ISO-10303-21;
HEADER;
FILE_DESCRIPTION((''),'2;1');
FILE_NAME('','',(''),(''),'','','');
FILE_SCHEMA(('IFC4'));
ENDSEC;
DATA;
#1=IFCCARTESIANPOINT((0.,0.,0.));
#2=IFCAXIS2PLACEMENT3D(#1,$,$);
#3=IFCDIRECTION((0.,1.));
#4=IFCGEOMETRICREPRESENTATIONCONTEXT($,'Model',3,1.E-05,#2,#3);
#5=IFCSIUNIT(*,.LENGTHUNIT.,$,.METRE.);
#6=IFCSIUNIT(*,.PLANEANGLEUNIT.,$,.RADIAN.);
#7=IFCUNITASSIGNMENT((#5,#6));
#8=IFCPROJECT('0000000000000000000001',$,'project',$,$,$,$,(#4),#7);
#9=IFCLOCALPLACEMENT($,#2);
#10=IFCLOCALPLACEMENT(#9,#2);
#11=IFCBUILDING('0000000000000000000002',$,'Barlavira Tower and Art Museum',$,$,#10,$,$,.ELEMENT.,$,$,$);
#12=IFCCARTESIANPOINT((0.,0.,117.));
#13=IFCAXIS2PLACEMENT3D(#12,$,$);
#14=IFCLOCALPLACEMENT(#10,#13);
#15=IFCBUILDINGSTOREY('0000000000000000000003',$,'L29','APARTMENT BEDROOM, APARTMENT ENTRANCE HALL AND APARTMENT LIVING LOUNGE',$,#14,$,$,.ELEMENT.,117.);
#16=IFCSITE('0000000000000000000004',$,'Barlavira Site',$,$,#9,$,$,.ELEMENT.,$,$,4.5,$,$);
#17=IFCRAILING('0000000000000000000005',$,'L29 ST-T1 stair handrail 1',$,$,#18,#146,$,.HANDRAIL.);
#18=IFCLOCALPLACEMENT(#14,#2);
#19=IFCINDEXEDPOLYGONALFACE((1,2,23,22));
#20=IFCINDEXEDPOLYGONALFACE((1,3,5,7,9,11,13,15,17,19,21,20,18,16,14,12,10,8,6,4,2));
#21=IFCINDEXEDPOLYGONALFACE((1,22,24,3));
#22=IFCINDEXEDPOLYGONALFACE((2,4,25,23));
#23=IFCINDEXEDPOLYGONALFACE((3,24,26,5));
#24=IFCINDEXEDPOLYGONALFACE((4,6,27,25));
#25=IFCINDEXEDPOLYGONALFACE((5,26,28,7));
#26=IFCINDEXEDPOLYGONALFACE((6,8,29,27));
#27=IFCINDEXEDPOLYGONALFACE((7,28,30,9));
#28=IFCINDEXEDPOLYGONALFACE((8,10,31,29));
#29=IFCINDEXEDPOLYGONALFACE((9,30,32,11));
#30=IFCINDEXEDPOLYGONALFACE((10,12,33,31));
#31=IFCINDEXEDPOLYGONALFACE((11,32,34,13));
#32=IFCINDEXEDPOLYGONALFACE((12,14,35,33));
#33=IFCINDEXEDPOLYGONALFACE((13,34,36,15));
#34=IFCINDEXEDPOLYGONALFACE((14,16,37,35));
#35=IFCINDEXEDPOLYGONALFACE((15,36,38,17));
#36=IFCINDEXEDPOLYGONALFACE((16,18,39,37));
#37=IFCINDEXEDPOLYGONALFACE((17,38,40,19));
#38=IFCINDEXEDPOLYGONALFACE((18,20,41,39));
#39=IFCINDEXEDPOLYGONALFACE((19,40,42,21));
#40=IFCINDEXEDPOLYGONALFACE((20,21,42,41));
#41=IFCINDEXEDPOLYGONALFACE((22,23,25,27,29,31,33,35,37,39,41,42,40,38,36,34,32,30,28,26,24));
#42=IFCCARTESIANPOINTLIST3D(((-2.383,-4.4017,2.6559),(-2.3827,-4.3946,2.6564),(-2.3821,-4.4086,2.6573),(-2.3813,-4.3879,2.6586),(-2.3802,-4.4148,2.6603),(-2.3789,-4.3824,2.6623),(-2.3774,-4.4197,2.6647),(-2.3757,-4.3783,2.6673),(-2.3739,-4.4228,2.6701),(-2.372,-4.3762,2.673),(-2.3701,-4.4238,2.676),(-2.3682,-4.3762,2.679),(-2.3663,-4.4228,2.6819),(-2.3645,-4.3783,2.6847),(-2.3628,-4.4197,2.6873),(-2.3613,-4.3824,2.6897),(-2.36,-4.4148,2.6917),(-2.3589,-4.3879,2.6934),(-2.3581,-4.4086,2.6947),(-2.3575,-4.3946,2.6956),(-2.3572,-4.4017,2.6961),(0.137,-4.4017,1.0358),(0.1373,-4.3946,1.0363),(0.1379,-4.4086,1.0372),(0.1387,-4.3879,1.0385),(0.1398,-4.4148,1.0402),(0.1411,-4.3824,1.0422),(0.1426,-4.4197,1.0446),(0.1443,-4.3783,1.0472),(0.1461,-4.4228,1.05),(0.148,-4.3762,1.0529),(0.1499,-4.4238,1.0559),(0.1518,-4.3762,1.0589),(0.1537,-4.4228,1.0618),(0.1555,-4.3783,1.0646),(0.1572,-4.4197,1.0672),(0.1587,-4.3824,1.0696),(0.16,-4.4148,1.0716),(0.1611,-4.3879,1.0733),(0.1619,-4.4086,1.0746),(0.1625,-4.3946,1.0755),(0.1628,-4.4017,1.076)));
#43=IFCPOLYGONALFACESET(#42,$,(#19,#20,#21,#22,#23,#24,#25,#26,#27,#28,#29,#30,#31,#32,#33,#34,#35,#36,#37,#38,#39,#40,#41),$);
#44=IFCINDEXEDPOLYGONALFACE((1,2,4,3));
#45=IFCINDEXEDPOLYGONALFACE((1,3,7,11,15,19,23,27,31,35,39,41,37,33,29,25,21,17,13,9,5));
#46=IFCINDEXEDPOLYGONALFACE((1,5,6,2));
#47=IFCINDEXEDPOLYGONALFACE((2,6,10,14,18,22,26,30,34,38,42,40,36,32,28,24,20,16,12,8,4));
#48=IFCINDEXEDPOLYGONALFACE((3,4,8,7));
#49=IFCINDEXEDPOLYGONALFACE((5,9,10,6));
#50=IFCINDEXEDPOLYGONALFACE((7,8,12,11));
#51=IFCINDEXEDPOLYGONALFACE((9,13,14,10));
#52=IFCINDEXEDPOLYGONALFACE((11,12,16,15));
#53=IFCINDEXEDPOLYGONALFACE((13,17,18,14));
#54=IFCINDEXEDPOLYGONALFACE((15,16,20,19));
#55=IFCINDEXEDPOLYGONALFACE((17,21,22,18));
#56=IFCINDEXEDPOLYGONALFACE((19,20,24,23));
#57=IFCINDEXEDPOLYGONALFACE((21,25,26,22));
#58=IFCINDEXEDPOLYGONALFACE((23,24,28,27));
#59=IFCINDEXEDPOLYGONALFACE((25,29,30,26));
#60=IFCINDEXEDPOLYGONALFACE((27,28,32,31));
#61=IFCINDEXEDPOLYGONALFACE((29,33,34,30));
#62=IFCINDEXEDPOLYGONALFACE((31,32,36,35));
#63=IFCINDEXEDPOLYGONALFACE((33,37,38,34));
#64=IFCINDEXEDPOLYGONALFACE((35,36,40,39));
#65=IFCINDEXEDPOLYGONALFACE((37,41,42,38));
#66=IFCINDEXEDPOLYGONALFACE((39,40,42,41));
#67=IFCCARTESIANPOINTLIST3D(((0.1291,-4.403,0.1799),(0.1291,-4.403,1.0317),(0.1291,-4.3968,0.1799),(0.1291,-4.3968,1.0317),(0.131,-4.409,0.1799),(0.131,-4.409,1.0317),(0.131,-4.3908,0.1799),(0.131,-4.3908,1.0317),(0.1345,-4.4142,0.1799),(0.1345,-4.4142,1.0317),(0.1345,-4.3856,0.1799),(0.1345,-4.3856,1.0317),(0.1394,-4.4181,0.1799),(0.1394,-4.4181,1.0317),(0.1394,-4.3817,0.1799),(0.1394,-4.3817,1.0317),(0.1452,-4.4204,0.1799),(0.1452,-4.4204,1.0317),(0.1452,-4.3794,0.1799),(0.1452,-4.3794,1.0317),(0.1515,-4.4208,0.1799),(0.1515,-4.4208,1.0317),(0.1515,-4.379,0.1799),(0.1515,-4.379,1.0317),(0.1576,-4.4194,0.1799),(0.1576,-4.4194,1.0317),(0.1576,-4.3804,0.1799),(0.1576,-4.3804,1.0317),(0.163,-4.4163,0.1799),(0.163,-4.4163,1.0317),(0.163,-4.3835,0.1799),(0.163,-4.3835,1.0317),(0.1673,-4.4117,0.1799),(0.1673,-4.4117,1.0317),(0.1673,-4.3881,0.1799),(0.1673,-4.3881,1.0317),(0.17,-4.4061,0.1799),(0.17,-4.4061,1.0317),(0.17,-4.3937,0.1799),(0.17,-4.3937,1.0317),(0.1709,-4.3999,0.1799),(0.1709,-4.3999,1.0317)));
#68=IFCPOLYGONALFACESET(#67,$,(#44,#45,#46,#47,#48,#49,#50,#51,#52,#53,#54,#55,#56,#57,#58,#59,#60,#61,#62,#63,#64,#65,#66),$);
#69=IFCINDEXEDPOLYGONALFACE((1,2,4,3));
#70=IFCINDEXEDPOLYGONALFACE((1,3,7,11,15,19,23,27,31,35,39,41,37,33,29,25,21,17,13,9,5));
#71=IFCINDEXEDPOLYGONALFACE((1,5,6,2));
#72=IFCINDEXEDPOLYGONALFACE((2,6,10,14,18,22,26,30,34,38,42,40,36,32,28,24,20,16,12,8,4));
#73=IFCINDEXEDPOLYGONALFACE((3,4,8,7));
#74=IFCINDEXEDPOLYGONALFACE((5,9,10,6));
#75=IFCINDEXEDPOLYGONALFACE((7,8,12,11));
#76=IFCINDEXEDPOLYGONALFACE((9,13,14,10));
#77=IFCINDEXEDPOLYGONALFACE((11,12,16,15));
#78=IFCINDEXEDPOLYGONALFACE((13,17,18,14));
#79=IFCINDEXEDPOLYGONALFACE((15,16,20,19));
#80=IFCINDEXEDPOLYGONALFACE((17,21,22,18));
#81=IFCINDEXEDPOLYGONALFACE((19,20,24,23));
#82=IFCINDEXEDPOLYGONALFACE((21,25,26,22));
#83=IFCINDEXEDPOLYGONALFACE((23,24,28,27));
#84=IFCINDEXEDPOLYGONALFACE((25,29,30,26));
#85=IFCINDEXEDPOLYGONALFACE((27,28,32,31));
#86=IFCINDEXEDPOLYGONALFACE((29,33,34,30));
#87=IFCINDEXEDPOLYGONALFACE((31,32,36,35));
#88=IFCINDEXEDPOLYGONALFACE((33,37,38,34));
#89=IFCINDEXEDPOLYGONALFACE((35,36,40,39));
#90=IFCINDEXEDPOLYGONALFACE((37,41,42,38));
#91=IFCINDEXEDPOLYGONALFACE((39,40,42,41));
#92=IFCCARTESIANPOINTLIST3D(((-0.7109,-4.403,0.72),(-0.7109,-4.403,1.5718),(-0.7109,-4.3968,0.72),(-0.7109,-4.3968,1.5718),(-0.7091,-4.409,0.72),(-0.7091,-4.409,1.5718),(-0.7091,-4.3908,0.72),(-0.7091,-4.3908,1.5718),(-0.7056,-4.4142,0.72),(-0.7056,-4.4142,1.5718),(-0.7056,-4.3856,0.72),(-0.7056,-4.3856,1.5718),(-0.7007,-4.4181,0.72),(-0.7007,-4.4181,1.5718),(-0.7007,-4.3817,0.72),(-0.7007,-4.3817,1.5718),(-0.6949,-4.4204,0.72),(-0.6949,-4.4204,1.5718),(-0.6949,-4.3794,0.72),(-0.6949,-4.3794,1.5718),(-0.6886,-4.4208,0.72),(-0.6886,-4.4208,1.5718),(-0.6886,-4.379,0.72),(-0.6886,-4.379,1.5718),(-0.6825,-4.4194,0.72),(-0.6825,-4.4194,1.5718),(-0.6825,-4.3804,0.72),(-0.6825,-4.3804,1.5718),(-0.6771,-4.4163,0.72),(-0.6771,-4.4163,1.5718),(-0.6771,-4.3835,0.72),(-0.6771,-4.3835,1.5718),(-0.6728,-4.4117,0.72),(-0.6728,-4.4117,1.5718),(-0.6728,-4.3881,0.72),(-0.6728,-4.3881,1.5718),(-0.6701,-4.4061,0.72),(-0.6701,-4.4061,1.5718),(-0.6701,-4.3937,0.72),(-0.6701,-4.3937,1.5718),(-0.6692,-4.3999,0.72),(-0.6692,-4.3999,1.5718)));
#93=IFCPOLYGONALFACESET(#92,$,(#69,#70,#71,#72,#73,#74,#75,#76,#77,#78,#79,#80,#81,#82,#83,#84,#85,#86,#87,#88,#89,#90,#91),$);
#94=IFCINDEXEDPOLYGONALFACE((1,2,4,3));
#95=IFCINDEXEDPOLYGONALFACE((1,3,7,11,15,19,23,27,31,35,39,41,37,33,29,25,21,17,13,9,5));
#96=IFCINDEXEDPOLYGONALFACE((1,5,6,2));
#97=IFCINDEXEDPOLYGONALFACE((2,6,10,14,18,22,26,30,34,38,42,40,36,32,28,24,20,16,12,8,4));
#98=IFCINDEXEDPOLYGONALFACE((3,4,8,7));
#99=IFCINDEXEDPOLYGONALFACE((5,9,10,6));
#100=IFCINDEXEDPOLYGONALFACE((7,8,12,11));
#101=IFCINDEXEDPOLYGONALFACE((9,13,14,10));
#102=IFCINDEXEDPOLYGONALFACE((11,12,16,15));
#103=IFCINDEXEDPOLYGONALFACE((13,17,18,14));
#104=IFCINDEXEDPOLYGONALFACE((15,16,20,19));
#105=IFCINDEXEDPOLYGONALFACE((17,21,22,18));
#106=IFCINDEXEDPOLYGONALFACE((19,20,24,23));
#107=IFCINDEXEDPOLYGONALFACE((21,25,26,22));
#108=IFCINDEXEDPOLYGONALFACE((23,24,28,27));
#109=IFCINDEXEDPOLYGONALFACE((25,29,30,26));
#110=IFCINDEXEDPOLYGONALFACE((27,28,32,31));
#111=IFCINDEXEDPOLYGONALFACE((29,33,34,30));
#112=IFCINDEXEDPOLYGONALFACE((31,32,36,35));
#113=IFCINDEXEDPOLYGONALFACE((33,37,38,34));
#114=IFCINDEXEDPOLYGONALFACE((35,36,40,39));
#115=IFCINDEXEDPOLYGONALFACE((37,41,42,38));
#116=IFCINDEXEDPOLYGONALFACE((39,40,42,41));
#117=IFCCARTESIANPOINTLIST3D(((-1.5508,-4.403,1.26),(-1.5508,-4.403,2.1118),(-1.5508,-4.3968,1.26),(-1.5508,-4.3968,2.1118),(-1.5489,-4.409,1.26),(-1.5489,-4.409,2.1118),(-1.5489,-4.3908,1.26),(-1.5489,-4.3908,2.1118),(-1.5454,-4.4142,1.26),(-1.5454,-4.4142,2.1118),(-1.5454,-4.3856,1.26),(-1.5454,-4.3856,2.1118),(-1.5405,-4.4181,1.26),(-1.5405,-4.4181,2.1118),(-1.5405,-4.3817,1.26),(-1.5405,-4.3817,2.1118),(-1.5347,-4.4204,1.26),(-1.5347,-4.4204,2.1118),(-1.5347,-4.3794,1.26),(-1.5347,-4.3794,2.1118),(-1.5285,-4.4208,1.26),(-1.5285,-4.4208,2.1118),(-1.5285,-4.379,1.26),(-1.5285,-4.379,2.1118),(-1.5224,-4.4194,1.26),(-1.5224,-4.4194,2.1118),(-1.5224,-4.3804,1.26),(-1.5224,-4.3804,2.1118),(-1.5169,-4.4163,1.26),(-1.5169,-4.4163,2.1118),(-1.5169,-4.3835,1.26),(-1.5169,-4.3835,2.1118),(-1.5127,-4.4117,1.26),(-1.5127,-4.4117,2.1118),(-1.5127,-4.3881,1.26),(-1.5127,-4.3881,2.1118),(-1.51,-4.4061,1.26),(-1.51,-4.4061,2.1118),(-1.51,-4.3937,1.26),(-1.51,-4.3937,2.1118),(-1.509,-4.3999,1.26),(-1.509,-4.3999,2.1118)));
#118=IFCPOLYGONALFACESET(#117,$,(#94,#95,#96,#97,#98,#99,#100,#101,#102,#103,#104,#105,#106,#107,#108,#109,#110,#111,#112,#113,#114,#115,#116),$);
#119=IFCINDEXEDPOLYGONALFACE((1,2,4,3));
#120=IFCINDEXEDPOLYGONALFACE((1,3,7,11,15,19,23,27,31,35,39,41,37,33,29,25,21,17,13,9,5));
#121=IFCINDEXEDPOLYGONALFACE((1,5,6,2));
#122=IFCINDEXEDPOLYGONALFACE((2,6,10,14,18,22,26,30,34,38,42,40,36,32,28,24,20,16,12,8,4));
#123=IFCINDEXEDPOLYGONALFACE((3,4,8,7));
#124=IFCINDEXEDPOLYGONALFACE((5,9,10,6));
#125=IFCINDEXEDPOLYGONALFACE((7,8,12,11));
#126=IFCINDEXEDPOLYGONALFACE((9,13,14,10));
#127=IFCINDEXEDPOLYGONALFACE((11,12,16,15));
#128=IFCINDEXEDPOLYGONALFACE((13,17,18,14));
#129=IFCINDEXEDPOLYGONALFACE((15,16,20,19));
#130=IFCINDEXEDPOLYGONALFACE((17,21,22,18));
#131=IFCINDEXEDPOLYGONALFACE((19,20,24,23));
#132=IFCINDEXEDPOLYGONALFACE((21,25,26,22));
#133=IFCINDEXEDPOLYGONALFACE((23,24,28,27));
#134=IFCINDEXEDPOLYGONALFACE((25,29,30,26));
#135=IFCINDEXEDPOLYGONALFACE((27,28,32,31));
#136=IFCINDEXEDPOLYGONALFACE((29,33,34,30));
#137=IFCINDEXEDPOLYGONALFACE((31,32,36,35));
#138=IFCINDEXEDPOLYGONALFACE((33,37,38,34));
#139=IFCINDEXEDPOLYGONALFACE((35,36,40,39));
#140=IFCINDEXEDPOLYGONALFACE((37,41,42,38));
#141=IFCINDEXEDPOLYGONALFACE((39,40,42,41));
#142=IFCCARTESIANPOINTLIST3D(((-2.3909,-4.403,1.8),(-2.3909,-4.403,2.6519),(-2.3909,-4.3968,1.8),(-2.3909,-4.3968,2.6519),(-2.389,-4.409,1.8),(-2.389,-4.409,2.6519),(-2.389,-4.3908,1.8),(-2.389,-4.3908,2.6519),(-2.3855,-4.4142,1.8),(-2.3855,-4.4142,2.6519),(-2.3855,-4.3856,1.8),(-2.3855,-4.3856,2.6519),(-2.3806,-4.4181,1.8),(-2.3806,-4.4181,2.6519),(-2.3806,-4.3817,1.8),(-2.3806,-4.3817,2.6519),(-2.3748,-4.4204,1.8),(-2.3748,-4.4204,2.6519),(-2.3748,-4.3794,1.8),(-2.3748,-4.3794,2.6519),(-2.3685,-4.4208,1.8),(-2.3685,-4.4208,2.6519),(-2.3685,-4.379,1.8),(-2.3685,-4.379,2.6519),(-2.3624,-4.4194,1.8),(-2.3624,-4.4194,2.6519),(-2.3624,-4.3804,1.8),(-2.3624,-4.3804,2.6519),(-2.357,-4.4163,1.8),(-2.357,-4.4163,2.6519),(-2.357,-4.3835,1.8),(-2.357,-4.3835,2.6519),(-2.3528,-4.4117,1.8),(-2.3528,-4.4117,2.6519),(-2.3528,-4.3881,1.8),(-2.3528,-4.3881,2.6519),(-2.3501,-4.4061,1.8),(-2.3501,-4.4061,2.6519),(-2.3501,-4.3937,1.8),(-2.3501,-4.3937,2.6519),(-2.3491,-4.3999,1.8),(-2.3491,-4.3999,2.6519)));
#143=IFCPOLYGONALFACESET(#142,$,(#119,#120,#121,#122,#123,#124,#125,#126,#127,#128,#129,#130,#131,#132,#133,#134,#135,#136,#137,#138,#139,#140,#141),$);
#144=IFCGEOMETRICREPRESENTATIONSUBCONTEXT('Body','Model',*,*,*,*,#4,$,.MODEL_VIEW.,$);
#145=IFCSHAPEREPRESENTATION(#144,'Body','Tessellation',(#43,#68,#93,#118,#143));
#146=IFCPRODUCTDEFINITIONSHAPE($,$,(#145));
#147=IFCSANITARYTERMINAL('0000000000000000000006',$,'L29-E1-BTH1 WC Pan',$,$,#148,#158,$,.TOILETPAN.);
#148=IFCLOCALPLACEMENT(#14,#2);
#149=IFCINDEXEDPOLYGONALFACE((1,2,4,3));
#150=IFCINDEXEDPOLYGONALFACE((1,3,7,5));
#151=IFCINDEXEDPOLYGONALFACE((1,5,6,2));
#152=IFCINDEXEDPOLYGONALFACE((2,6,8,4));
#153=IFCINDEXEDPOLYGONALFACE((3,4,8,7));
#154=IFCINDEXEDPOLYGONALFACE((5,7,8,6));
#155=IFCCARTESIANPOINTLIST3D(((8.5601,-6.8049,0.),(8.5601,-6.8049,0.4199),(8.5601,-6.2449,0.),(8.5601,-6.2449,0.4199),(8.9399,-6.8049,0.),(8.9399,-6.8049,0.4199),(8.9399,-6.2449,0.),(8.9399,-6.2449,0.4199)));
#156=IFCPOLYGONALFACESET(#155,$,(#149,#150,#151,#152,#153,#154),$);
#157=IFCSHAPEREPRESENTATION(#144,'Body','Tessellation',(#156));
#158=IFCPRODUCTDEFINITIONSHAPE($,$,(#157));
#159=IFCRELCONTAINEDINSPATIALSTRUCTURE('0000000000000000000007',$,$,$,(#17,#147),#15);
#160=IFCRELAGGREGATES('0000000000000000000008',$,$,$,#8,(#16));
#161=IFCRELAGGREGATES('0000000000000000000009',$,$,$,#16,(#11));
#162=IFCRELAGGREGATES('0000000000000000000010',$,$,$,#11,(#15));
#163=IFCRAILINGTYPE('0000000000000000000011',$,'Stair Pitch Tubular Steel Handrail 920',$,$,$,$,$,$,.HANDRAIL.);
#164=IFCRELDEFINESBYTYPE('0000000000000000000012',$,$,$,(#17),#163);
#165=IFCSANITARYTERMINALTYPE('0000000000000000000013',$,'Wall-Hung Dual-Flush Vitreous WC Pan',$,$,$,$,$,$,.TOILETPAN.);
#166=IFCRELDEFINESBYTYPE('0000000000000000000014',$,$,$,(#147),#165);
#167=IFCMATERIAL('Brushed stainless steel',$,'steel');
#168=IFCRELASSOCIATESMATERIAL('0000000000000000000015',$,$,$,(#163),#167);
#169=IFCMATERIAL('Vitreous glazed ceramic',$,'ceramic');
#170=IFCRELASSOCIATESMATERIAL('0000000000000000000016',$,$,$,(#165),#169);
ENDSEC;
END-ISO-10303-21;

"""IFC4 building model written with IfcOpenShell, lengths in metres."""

from ifc_helpers import new_model, si_unit, direction, frame, origin, origin_2d, place, context, subcontext, project, spatial, rectangle, circle, extrude, material, type_object, element, save


model = new_model("IFC4")

# Units and contexts
model_context = context("Model", 3, precision=1e-05, world=origin(), true_north=direction((0.0, 1.0)))
body_context = subcontext(model_context, "Body", "Model", "MODEL_VIEW")
ifc_project = project(units=[si_unit("LENGTHUNIT", "METRE"), si_unit("PLANEANGLEUNIT", "RADIAN")], contexts=[model_context])

# Site, building, storey
site_placement = place(None, origin())
site = spatial("IfcSite", under=ifc_project, at=site_placement, Name="Barlavira Site", CompositionType="ELEMENT", RefElevation=4.5)
building_placement = place(site_placement, origin())
building = spatial("IfcBuilding", under=site, at=building_placement, Name="Barlavira Tower and Art Museum", CompositionType="ELEMENT")
storey_placement = place(building_placement, frame((0.0, 0.0, 117.0)))
storey = spatial("IfcBuildingStorey", under=building, at=storey_placement, Name="L29", Description="APARTMENT BEDROOM, APARTMENT ENTRANCE HALL AND APARTMENT LIVING LOUNGE", CompositionType="ELEMENT", Elevation=117.0)

# Shared definitions
ifc_material_1 = material(Name="Brushed stainless steel", Category="steel")

# Railing
railing_type_1 = type_object("IfcRailingType", Name="Stair Pitch Tubular Steel Handrail 920", PredefinedType="HANDRAIL", material=ifc_material_1)
railing_1_placement = place(storey_placement, frame((0.1499, -4.3999, 0.1799)))
element("IfcRailing", 1, at=railing_1_placement, inside=storey, type_object=railing_type_1, Name="L29 ST-T1 stair handrail 1", PredefinedType="HANDRAIL", context=body_context, shape_type="SweptSolid", body=[
    extrude(circle(Radius=0.0239, at=origin_2d()), frame((0.0, 0.0, 0.876), z_axis=(-0.841163, 0.0, 0.540782), x_axis=(0.0, -1.0, 0.0)), (0.0, 0.0, 1.0), 2.9958),
    extrude(circle(Radius=0.021, at=origin_2d()), origin(), (0.0, 0.0, 1.0), 0.8518),
    extrude(circle(Radius=0.021, at=origin_2d()), frame((-0.8401, 0.0, 0.54)), (0.0, 0.0, 1.0), 0.8518),
    extrude(circle(Radius=0.021, at=origin_2d()), frame((-1.6799, 0.0, 1.0801)), (0.0, 0.0, 1.0), 0.8518),
    extrude(circle(Radius=0.021, at=origin_2d()), frame((-2.52, 0.0, 1.6201)), (0.0, 0.0, 1.0), 0.8518),
])

# Sanitary terminal
ifc_material_2 = material(Name="Vitreous glazed ceramic", Category="ceramic")
sanitary_terminal_type = type_object("IfcSanitaryTerminalType", Name="Wall-Hung Dual-Flush Vitreous WC Pan", PredefinedType="TOILETPAN", material=ifc_material_2)
sanitary_terminal_placement = place(storey_placement, frame((8.75, -6.5249, 0.0), z_axis=(0.0, 0.0, 1.0), x_axis=(1.0, 0.0, 0.0)))
element("IfcSanitaryTerminal", 2, at=sanitary_terminal_placement, inside=storey, type_object=sanitary_terminal_type, Name="L29-E1-BTH1 WC Pan", PredefinedType="TOILETPAN", context=body_context, shape_type="SweptSolid", body=[
    extrude(rectangle(XDim=0.3799, YDim=0.5601, at=origin_2d()), origin(), (0.0, 0.0, 1.0), 0.4199),
])

save(model, "model.ifc")
